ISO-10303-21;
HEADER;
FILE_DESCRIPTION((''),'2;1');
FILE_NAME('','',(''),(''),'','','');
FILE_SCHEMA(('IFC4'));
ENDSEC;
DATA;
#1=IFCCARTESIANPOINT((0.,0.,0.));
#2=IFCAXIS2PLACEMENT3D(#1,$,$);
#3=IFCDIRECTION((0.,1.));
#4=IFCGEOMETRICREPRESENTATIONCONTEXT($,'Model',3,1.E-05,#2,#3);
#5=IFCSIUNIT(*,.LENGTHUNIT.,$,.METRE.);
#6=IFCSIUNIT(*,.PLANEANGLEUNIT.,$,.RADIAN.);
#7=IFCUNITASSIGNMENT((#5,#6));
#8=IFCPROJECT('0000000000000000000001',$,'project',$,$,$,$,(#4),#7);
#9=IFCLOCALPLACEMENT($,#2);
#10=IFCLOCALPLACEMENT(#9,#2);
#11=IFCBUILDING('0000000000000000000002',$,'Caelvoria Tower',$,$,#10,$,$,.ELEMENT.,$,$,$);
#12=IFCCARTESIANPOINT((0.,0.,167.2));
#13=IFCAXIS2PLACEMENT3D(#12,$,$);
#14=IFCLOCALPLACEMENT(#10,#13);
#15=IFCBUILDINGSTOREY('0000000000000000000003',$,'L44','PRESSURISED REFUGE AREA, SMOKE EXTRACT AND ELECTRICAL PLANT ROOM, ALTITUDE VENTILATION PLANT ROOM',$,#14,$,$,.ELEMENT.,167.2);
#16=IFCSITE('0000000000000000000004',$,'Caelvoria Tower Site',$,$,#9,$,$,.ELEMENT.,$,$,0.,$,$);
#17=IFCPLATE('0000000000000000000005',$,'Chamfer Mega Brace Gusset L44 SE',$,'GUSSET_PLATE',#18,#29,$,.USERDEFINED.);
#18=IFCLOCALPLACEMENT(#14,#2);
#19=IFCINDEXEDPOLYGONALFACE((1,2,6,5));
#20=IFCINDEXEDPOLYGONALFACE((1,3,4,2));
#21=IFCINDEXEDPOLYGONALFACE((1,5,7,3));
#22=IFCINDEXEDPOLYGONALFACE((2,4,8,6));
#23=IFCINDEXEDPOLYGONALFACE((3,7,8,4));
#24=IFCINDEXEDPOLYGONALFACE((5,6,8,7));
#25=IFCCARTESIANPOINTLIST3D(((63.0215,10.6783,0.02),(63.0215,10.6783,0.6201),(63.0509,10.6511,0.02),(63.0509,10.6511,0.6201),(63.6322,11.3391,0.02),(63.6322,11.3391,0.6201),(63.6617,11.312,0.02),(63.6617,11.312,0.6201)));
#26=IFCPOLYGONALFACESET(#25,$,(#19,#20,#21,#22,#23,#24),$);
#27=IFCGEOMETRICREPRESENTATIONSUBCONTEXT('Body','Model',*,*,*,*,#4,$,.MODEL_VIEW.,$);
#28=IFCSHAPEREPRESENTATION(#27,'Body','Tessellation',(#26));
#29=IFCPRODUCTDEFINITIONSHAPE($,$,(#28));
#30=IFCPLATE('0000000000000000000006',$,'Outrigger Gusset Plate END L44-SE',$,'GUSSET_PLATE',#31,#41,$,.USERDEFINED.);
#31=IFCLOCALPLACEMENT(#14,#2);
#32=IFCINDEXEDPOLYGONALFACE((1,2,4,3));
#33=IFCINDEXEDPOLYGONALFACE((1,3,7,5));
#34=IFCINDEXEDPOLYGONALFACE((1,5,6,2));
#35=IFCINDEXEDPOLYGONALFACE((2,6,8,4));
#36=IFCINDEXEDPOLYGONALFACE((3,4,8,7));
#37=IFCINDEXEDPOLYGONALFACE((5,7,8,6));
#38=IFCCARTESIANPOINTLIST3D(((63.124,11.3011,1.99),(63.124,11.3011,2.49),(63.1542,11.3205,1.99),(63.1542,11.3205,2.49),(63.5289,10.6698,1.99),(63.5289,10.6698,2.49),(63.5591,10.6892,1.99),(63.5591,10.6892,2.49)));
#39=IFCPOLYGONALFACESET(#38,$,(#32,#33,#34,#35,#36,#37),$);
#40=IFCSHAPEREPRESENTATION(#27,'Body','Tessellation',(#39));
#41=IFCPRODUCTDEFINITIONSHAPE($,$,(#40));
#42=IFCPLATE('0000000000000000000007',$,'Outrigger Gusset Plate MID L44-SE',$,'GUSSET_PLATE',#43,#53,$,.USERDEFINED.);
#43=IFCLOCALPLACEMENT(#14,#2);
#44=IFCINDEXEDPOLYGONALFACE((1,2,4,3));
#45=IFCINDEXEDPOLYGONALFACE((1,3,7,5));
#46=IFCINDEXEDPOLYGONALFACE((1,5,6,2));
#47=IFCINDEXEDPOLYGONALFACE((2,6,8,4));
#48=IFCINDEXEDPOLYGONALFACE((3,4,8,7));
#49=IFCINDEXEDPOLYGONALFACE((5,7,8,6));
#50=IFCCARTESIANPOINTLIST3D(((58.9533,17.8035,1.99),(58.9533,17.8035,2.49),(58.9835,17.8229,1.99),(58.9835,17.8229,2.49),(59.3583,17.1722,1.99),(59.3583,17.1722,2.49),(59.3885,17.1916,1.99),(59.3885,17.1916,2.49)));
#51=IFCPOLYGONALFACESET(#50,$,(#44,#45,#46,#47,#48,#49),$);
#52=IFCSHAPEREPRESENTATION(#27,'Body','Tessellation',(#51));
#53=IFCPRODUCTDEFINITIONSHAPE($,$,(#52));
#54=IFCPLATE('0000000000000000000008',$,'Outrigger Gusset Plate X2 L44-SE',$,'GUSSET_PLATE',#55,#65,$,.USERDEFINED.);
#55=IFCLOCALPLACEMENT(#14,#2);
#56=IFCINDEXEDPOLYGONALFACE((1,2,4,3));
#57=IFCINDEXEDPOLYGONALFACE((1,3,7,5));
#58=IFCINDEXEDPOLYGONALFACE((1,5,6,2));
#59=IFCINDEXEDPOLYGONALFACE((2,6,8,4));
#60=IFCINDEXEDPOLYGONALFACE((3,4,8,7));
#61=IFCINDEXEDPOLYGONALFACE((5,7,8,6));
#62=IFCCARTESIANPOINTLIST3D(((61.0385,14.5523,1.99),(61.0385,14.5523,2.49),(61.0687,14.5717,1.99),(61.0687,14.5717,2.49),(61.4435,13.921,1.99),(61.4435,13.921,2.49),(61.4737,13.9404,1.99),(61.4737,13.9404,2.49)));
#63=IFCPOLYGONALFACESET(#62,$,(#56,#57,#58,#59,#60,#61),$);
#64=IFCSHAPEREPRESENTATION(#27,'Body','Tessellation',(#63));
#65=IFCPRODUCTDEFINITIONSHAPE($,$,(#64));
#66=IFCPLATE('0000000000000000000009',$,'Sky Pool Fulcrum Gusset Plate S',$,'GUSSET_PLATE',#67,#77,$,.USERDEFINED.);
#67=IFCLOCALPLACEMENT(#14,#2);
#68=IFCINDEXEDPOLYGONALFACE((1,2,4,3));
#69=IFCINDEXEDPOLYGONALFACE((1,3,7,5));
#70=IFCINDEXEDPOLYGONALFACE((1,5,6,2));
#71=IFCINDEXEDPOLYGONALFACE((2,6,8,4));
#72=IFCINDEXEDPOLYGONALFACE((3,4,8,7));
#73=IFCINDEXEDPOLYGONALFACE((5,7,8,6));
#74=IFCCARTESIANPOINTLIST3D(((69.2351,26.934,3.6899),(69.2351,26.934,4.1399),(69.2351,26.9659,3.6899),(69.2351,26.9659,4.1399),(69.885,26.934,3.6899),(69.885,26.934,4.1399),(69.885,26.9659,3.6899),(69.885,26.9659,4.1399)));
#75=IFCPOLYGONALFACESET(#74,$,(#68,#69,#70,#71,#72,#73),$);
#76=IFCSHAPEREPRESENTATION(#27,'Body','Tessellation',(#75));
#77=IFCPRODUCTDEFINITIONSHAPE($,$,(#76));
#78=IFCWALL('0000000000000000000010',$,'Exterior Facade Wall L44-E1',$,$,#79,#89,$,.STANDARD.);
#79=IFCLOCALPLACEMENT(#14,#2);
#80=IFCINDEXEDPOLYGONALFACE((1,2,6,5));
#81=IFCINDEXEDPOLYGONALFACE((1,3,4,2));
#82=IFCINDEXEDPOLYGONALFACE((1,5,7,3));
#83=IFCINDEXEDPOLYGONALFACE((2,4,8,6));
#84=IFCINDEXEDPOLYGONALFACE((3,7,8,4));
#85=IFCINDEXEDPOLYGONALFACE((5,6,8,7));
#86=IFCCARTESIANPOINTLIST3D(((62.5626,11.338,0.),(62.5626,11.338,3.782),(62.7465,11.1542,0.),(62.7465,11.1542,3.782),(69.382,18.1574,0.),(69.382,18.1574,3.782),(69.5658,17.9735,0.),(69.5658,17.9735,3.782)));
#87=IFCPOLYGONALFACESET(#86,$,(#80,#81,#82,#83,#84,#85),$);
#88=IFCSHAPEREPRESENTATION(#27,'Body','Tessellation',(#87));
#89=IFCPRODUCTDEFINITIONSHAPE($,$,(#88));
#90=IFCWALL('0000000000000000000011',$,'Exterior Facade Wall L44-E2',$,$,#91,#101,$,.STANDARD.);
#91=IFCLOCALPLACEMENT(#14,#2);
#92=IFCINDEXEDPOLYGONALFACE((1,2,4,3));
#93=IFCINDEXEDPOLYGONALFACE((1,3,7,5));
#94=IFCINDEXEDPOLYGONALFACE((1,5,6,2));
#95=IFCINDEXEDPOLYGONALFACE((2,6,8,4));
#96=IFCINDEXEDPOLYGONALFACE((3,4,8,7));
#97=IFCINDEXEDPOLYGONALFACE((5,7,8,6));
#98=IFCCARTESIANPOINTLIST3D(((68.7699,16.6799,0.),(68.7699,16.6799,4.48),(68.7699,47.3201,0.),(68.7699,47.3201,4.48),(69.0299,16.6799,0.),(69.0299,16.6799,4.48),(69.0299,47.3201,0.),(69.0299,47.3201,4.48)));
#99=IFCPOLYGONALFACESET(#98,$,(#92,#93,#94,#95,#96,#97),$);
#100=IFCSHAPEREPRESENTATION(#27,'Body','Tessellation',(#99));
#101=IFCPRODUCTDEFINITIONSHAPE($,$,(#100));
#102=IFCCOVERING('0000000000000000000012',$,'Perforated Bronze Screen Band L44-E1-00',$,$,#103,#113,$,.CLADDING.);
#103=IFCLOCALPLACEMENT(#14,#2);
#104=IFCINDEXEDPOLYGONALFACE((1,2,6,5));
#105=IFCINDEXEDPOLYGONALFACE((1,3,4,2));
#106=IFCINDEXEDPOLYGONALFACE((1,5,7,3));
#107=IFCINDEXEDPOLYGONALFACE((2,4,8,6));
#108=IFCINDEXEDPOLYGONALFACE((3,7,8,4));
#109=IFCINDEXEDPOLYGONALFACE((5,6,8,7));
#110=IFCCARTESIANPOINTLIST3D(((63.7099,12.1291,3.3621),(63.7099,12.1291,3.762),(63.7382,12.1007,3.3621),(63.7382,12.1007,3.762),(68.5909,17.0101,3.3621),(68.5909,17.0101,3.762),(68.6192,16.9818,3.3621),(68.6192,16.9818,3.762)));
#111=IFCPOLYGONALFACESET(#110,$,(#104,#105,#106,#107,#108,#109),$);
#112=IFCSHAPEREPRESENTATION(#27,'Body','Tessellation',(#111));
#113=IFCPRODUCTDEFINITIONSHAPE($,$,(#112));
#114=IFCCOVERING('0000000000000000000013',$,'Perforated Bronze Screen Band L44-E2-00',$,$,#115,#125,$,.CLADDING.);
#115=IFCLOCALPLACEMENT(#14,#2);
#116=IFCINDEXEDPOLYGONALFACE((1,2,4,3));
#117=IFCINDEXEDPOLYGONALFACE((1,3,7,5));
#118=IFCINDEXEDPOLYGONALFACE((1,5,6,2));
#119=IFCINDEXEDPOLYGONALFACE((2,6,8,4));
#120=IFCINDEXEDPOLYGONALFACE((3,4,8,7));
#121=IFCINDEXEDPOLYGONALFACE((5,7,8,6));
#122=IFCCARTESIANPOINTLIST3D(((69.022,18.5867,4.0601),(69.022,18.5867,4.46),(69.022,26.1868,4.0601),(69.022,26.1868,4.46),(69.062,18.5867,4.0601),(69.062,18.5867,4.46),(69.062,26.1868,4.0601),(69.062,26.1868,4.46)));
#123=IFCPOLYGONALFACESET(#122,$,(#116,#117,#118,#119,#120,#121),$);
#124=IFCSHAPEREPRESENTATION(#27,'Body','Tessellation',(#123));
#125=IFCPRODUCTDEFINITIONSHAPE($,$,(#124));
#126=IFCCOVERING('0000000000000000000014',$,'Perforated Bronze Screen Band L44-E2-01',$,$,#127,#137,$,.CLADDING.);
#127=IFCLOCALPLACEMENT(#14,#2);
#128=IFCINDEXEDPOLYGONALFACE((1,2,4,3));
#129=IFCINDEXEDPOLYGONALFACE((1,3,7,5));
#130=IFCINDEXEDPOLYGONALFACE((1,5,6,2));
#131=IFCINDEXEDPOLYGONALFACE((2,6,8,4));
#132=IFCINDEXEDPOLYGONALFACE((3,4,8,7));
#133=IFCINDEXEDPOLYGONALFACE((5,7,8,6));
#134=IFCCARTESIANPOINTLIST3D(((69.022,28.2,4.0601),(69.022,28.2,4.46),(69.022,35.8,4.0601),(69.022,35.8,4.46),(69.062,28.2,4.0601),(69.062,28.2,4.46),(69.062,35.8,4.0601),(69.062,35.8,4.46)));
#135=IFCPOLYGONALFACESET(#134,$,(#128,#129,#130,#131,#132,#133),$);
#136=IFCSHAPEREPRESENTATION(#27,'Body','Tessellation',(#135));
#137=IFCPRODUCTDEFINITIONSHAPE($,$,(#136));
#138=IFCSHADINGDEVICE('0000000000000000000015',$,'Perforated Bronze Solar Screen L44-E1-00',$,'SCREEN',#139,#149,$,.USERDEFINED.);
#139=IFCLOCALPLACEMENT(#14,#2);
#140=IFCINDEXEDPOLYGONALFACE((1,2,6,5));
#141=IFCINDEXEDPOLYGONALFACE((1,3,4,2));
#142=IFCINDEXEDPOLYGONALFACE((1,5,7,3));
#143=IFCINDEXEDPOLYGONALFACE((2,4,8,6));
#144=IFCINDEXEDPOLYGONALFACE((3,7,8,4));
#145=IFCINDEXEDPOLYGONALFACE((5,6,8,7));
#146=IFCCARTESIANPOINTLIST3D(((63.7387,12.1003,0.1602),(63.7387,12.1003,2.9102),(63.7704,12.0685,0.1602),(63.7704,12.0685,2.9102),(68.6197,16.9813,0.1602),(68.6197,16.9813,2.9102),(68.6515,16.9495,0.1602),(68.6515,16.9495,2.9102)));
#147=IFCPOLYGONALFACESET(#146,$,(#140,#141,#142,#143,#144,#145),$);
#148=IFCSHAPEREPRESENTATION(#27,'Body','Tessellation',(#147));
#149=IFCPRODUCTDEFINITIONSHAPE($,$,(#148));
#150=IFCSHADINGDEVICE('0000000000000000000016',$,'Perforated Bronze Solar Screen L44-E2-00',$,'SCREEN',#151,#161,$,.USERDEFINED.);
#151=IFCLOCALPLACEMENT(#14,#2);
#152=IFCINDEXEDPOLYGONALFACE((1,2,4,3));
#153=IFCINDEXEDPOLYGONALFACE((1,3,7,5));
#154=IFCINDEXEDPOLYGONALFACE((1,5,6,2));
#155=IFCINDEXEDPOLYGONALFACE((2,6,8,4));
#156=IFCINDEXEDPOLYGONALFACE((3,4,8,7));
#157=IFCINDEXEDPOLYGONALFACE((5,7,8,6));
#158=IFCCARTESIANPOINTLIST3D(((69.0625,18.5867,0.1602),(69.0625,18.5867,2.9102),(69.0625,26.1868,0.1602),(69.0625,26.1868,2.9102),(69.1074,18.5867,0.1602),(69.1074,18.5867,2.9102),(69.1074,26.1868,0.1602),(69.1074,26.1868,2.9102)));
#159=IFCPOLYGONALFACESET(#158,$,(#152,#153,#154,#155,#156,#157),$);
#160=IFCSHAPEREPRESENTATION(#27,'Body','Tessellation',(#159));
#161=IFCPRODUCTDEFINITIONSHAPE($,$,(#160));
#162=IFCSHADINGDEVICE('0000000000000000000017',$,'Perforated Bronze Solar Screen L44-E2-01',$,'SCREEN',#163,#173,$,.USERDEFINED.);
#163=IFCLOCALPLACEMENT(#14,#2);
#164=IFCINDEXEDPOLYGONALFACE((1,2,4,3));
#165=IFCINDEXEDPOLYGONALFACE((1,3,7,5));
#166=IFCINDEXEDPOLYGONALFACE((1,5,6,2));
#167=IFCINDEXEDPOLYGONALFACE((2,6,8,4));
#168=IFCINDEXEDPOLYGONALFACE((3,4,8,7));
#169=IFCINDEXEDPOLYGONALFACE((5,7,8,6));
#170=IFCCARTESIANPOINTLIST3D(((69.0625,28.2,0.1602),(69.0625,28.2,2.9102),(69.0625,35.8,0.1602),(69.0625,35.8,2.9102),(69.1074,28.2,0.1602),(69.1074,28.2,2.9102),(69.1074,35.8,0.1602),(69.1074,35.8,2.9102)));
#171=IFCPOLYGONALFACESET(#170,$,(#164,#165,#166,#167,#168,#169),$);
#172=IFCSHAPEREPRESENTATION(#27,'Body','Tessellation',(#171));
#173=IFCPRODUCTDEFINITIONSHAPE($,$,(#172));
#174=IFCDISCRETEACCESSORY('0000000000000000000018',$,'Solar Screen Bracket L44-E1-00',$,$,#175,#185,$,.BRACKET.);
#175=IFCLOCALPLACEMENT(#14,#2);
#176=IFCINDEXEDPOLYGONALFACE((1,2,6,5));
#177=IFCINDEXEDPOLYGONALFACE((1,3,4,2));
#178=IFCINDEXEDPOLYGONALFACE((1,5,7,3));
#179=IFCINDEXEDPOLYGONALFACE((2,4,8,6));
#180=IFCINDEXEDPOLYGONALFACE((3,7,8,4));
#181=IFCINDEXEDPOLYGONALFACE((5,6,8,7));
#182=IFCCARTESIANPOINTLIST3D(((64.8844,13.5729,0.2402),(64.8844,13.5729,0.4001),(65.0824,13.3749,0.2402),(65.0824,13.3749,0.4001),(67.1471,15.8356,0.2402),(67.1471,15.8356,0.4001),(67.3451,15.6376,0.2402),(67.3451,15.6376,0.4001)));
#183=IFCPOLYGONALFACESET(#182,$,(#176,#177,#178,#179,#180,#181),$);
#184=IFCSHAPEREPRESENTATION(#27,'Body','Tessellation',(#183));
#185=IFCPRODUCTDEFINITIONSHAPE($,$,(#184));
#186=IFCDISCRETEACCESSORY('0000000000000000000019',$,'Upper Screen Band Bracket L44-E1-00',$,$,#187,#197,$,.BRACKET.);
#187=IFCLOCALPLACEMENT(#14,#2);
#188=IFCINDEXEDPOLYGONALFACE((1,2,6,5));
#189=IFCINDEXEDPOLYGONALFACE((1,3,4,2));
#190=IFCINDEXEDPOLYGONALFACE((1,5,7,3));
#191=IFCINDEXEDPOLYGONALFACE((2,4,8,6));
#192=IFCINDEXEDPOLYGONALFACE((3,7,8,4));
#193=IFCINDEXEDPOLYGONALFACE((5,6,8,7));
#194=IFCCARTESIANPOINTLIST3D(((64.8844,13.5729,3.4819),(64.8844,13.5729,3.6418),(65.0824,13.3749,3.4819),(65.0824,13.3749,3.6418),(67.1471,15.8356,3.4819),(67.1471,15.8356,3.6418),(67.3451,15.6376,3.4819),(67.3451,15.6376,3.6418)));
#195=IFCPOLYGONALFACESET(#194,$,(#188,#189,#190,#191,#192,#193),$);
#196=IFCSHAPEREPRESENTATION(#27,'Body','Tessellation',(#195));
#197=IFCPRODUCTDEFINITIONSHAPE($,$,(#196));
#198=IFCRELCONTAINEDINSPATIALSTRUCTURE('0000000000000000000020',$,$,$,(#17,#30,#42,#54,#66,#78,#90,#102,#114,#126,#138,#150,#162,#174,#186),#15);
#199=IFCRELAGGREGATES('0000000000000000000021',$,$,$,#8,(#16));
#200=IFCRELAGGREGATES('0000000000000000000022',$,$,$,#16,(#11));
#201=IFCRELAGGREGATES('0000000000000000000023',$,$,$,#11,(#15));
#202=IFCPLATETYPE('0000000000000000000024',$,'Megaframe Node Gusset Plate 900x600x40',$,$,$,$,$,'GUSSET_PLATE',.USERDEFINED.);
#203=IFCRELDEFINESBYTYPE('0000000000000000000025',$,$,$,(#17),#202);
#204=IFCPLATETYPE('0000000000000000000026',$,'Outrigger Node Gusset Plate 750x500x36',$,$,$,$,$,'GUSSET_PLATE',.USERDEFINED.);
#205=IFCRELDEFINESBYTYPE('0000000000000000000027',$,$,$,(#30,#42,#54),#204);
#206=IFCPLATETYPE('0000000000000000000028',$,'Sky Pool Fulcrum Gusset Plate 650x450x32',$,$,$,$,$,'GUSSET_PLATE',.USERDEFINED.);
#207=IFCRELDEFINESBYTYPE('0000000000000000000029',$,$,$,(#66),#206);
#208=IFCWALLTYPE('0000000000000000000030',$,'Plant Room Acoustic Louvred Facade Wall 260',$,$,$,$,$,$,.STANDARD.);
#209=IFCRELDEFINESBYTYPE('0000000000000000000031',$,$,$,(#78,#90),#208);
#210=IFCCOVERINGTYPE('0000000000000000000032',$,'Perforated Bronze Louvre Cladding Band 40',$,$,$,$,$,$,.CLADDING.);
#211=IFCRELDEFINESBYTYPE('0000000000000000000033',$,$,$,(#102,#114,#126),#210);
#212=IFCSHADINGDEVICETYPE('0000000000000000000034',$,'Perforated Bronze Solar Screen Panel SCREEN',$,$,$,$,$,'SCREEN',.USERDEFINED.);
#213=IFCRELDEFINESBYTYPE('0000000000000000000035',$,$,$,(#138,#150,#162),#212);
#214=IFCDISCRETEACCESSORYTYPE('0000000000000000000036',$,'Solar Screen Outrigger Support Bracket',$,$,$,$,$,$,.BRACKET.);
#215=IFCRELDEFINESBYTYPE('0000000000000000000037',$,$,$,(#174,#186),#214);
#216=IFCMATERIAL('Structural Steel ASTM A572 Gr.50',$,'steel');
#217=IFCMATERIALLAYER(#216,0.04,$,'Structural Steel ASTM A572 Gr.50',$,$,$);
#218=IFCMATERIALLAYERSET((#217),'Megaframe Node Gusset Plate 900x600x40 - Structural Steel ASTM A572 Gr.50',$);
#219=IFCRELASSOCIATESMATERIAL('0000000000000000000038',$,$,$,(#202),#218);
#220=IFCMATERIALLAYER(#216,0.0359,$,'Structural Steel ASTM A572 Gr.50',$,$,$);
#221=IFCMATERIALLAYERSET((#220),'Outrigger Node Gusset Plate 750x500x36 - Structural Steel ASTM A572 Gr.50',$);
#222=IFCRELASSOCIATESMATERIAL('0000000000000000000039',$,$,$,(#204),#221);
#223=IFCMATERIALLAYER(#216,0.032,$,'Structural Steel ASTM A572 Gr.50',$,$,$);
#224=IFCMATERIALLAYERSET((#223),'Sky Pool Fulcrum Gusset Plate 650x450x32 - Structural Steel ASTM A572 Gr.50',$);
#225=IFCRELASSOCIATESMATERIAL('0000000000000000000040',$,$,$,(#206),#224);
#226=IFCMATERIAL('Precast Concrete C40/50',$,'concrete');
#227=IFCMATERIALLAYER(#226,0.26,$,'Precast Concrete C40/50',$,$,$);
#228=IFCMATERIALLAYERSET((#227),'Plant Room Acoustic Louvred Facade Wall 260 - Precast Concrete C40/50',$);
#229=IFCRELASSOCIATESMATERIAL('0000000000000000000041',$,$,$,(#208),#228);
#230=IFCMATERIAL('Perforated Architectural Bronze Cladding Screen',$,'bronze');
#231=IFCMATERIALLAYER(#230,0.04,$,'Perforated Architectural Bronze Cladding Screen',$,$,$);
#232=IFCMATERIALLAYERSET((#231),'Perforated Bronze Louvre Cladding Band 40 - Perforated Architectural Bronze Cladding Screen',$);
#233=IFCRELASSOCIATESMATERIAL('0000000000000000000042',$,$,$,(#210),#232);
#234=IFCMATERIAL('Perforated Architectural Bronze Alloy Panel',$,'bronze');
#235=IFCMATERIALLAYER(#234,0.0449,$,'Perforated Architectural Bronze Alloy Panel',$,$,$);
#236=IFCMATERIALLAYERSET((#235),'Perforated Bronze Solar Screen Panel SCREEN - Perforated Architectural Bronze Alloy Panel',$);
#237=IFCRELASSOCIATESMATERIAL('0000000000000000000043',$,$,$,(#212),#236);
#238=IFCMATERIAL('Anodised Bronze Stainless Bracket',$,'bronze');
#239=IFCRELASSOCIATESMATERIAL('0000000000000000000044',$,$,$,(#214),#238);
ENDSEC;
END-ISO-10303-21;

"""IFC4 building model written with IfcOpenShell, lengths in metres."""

from ifc_helpers import new_model, si_unit, direction, frame, frame_2d, origin, origin_2d, place, context, subcontext, project, spatial, rectangle, extrude, material, layer, layer_set, type_object, element, save


model = new_model("IFC4")

# Units and contexts
model_context = context("Model", 3, precision=1e-05, world=origin(), true_north=direction((0.0, 1.0)))
body_context = subcontext(model_context, "Body", "Model", "MODEL_VIEW")
ifc_project = project(units=[si_unit("LENGTHUNIT", "METRE"), si_unit("PLANEANGLEUNIT", "RADIAN")], contexts=[model_context])

# Site, building, storey
site_placement = place(None, origin())
site = spatial("IfcSite", under=ifc_project, at=site_placement, Name="Caelvoria Tower Site", CompositionType="ELEMENT", RefElevation=0.0)
building_placement = place(site_placement, origin())
building = spatial("IfcBuilding", under=site, at=building_placement, Name="Caelvoria Tower", CompositionType="ELEMENT")
storey_placement = place(building_placement, frame((0.0, 0.0, 167.2)))
storey = spatial("IfcBuildingStorey", under=building, at=storey_placement, Name="L44", Description="PRESSURISED REFUGE AREA, SMOKE EXTRACT AND ELECTRICAL PLANT ROOM, ALTITUDE VENTILATION PLANT ROOM", CompositionType="ELEMENT", Elevation=167.2)

# Shared definitions
ifc_material_1 = material(Name="Structural Steel ASTM A572 Gr.50", Category="steel")

# Plates
ifc_layer_1 = layer(ifc_material_1, 0.04, Name="Structural Steel ASTM A572 Gr.50")
ifc_layer_set_1 = layer_set([ifc_layer_1], Name="Megaframe Node Gusset Plate 900x600x40 - Structural Steel ASTM A572 Gr.50")
plate_type_1 = type_object("IfcPlateType", Name="Megaframe Node Gusset Plate 900x600x40", ElementType="GUSSET_PLATE", PredefinedType="USERDEFINED", material=ifc_layer_set_1)
plate_1_placement = place(storey_placement, frame((63.3416, 10.9951, 0.02), z_axis=(0.0, 0.0, 1.0), x_axis=(0.678735, 0.734383, 0.0)))
element("IfcPlate", 1, at=plate_1_placement, inside=storey, type_object=plate_type_1, Name="Chamfer Mega Brace Gusset L44 SE", ObjectType="GUSSET_PLATE", PredefinedType="USERDEFINED", context=body_context, shape_type="SweptSolid", body=[
    extrude(rectangle(XDim=0.8999, YDim=0.04, at=origin_2d()), origin(), (0.0, 0.0, 1.0), 0.6001),
])
ifc_layer_2 = layer(ifc_material_1, 0.0359, Name="Structural Steel ASTM A572 Gr.50")
ifc_layer_set_2 = layer_set([ifc_layer_2], Name="Outrigger Node Gusset Plate 750x500x36 - Structural Steel ASTM A572 Gr.50")
plate_type_2 = type_object("IfcPlateType", Name="Outrigger Node Gusset Plate 750x500x36", ElementType="GUSSET_PLATE", PredefinedType="USERDEFINED", material=ifc_layer_set_2)
for number, where, z_axis, x_axis, name in (
    (2, (63.3416, 10.9951, 1.99), (0.0, 0.0, 1.0), (0.539904, -0.841727, 0.0), "Outrigger Gusset Plate END L44-SE"),
    (3, (59.1709, 17.4976, 1.99), (0.0, 0.0, 1.0), (0.539904, -0.841727, 0.0), "Outrigger Gusset Plate MID L44-SE"),
    (4, (61.2561, 14.2463, 1.99), (0.0, 0.0, 1.0), (0.539904, -0.841727, 0.0), "Outrigger Gusset Plate X2 L44-SE"),
):
    element("IfcPlate", number, at=place(storey_placement, frame(where, z_axis=z_axis, x_axis=x_axis)), inside=storey, type_object=plate_type_2, Name=name, ObjectType="GUSSET_PLATE", PredefinedType="USERDEFINED", context=body_context, shape_type="SweptSolid", body=[
        extrude(rectangle(XDim=0.75, YDim=0.0359, at=origin_2d()), origin(), (0.0, 0.0, 1.0), 0.5),
    ])
ifc_layer_3 = layer(ifc_material_1, 0.032, Name="Structural Steel ASTM A572 Gr.50")
ifc_layer_set_3 = layer_set([ifc_layer_3], Name="Sky Pool Fulcrum Gusset Plate 650x450x32 - Structural Steel ASTM A572 Gr.50")
plate_type_3 = type_object("IfcPlateType", Name="Sky Pool Fulcrum Gusset Plate 650x450x32", ElementType="GUSSET_PLATE", PredefinedType="USERDEFINED", material=ifc_layer_set_3)
plate_2_placement = place(storey_placement, frame((69.5601, 26.95, 3.6899), z_axis=(0.0, 0.0, 1.0), x_axis=(1.0, 0.0, 0.0)))
element("IfcPlate", 5, at=plate_2_placement, inside=storey, type_object=plate_type_3, Name="Sky Pool Fulcrum Gusset Plate S", ObjectType="GUSSET_PLATE", PredefinedType="USERDEFINED", context=body_context, shape_type="SweptSolid", body=[
    extrude(rectangle(XDim=0.6499, YDim=0.032, at=origin_2d()), origin(), (0.0, 0.0, 1.0), 0.45),
])

# Walls
ifc_material_2 = material(Name="Precast Concrete C40/50", Category="concrete")
ifc_layer_4 = layer(ifc_material_2, 0.26, Name="Precast Concrete C40/50")
ifc_layer_set_4 = layer_set([ifc_layer_4], Name="Plant Room Acoustic Louvred Facade Wall 260 - Precast Concrete C40/50")
wall_type = type_object("IfcWallType", Name="Plant Room Acoustic Louvred Facade Wall 260", PredefinedType="STANDARD", material=ifc_layer_set_4)
wall_1_placement = place(storey_placement, frame((62.6545, 11.2461, 0.0), z_axis=(0.0, 0.0, 1.0), x_axis=(0.707107, 0.707107, 0.0)))
element("IfcWall", 6, at=wall_1_placement, inside=storey, type_object=wall_type, Name="Exterior Facade Wall L44-E1", PredefinedType="STANDARD", context=body_context, shape_type="SweptSolid", body=[
    extrude(rectangle(XDim=9.644, YDim=0.26, at=frame_2d((4.822, 0.0))), origin(), (0.0, 0.0, 1.0), 3.782),
])
wall_2_placement = place(storey_placement, frame((68.8999, 16.6799, 0.0), z_axis=(0.0, 0.0, 1.0), x_axis=(0.0, 1.0, 0.0)))
element("IfcWall", 7, at=wall_2_placement, inside=storey, type_object=wall_type, Name="Exterior Facade Wall L44-E2", PredefinedType="STANDARD", context=body_context, shape_type="SweptSolid", body=[
    extrude(rectangle(XDim=30.6401, YDim=0.26, at=frame_2d((15.3201, 0.0))), origin(), (0.0, 0.0, 1.0), 4.48),
])

# Coverings
ifc_material_3 = material(Name="Perforated Architectural Bronze Cladding Screen", Category="bronze")
ifc_layer_5 = layer(ifc_material_3, 0.04, Name="Perforated Architectural Bronze Cladding Screen")
ifc_layer_set_5 = layer_set([ifc_layer_5], Name="Perforated Bronze Louvre Cladding Band 40 - Perforated Architectural Bronze Cladding Screen")
covering_type = type_object("IfcCoveringType", Name="Perforated Bronze Louvre Cladding Band 40", PredefinedType="CLADDING", material=ifc_layer_set_5)
covering_placement = place(storey_placement, frame((66.1646, 14.5554, 3.3621), z_axis=(0.0, 0.0, 1.0), x_axis=(0.707107, 0.707107, 0.0)))
element("IfcCovering", 8, at=covering_placement, inside=storey, type_object=covering_type, Name="Perforated Bronze Screen Band L44-E1-00", PredefinedType="CLADDING", context=body_context, shape_type="SweptSolid", body=[
    extrude(rectangle(XDim=6.9028, YDim=0.04, at=origin_2d()), origin(), (0.0, 0.0, 1.0), 0.3999),
])
for number, where, z_axis, x_axis, name in (
    (9, (69.042, 22.3867, 4.0601), (0.0, 0.0, 1.0), (0.0, 1.0, 0.0), "Perforated Bronze Screen Band L44-E2-00"),
    (10, (69.042, 32.0, 4.0601), (0.0, 0.0, 1.0), (0.0, 1.0, 0.0), "Perforated Bronze Screen Band L44-E2-01"),
):
    element("IfcCovering", number, at=place(storey_placement, frame(where, z_axis=z_axis, x_axis=x_axis)), inside=storey, type_object=covering_type, Name=name, PredefinedType="CLADDING", context=body_context, shape_type="SweptSolid", body=[
        extrude(rectangle(XDim=7.6001, YDim=0.04, at=origin_2d()), origin(), (0.0, 0.0, 1.0), 0.3999),
    ])

# Shading devices
ifc_material_4 = material(Name="Perforated Architectural Bronze Alloy Panel", Category="bronze")
ifc_layer_6 = layer(ifc_material_4, 0.0449, Name="Perforated Architectural Bronze Alloy Panel")
ifc_layer_set_6 = layer_set([ifc_layer_6], Name="Perforated Bronze Solar Screen Panel SCREEN - Perforated Architectural Bronze Alloy Panel")
shading_device_type = type_object("IfcShadingDeviceType", Name="Perforated Bronze Solar Screen Panel SCREEN", ElementType="SCREEN", PredefinedType="USERDEFINED", material=ifc_layer_set_6)
shading_device_placement = place(storey_placement, frame((66.1951, 14.5249, 0.1602), z_axis=(0.0, 0.0, 1.0), x_axis=(0.707107, 0.707107, 0.0)))
element("IfcShadingDevice", 11, at=shading_device_placement, inside=storey, type_object=shading_device_type, Name="Perforated Bronze Solar Screen L44-E1-00", ObjectType="SCREEN", PredefinedType="USERDEFINED", context=body_context, shape_type="SweptSolid", body=[
    extrude(rectangle(XDim=6.9028, YDim=0.0449, at=origin_2d()), origin(), (0.0, 0.0, 1.0), 2.75),
])
for number, where, z_axis, x_axis, name in (
    (12, (69.085, 22.3867, 0.1602), (0.0, 0.0, 1.0), (0.0, 1.0, 0.0), "Perforated Bronze Solar Screen L44-E2-00"),
    (13, (69.085, 32.0, 0.1602), (0.0, 0.0, 1.0), (0.0, 1.0, 0.0), "Perforated Bronze Solar Screen L44-E2-01"),
):
    element("IfcShadingDevice", number, at=place(storey_placement, frame(where, z_axis=z_axis, x_axis=x_axis)), inside=storey, type_object=shading_device_type, Name=name, ObjectType="SCREEN", PredefinedType="USERDEFINED", context=body_context, shape_type="SweptSolid", body=[
        extrude(rectangle(XDim=7.6001, YDim=0.0449, at=origin_2d()), origin(), (0.0, 0.0, 1.0), 2.75),
    ])

# Discrete accessories
ifc_material_5 = material(Name="Anodised Bronze Stainless Bracket", Category="bronze")
discrete_accessory_type = type_object("IfcDiscreteAccessoryType", Name="Solar Screen Outrigger Support Bracket", PredefinedType="BRACKET", material=ifc_material_5)
for number, where, z_axis, x_axis, name in (
    (14, (66.1147, 14.6052, 0.2402), (0.0, 0.0, 1.0), (0.707107, 0.707107, 0.0), "Solar Screen Bracket L44-E1-00"),
    (15, (66.1147, 14.6052, 3.4819), (0.0, 0.0, 1.0), (0.707107, 0.707107, 0.0), "Upper Screen Band Bracket L44-E1-00"),
):
    element("IfcDiscreteAccessory", number, at=place(storey_placement, frame(where, z_axis=z_axis, x_axis=x_axis)), inside=storey, type_object=discrete_accessory_type, Name=name, PredefinedType="BRACKET", context=body_context, shape_type="SweptSolid", body=[
        extrude(rectangle(XDim=3.2, YDim=0.28, at=origin_2d()), origin(), (0.0, 0.0, 1.0), 0.1599),
    ])

save(model, "model.ifc")
